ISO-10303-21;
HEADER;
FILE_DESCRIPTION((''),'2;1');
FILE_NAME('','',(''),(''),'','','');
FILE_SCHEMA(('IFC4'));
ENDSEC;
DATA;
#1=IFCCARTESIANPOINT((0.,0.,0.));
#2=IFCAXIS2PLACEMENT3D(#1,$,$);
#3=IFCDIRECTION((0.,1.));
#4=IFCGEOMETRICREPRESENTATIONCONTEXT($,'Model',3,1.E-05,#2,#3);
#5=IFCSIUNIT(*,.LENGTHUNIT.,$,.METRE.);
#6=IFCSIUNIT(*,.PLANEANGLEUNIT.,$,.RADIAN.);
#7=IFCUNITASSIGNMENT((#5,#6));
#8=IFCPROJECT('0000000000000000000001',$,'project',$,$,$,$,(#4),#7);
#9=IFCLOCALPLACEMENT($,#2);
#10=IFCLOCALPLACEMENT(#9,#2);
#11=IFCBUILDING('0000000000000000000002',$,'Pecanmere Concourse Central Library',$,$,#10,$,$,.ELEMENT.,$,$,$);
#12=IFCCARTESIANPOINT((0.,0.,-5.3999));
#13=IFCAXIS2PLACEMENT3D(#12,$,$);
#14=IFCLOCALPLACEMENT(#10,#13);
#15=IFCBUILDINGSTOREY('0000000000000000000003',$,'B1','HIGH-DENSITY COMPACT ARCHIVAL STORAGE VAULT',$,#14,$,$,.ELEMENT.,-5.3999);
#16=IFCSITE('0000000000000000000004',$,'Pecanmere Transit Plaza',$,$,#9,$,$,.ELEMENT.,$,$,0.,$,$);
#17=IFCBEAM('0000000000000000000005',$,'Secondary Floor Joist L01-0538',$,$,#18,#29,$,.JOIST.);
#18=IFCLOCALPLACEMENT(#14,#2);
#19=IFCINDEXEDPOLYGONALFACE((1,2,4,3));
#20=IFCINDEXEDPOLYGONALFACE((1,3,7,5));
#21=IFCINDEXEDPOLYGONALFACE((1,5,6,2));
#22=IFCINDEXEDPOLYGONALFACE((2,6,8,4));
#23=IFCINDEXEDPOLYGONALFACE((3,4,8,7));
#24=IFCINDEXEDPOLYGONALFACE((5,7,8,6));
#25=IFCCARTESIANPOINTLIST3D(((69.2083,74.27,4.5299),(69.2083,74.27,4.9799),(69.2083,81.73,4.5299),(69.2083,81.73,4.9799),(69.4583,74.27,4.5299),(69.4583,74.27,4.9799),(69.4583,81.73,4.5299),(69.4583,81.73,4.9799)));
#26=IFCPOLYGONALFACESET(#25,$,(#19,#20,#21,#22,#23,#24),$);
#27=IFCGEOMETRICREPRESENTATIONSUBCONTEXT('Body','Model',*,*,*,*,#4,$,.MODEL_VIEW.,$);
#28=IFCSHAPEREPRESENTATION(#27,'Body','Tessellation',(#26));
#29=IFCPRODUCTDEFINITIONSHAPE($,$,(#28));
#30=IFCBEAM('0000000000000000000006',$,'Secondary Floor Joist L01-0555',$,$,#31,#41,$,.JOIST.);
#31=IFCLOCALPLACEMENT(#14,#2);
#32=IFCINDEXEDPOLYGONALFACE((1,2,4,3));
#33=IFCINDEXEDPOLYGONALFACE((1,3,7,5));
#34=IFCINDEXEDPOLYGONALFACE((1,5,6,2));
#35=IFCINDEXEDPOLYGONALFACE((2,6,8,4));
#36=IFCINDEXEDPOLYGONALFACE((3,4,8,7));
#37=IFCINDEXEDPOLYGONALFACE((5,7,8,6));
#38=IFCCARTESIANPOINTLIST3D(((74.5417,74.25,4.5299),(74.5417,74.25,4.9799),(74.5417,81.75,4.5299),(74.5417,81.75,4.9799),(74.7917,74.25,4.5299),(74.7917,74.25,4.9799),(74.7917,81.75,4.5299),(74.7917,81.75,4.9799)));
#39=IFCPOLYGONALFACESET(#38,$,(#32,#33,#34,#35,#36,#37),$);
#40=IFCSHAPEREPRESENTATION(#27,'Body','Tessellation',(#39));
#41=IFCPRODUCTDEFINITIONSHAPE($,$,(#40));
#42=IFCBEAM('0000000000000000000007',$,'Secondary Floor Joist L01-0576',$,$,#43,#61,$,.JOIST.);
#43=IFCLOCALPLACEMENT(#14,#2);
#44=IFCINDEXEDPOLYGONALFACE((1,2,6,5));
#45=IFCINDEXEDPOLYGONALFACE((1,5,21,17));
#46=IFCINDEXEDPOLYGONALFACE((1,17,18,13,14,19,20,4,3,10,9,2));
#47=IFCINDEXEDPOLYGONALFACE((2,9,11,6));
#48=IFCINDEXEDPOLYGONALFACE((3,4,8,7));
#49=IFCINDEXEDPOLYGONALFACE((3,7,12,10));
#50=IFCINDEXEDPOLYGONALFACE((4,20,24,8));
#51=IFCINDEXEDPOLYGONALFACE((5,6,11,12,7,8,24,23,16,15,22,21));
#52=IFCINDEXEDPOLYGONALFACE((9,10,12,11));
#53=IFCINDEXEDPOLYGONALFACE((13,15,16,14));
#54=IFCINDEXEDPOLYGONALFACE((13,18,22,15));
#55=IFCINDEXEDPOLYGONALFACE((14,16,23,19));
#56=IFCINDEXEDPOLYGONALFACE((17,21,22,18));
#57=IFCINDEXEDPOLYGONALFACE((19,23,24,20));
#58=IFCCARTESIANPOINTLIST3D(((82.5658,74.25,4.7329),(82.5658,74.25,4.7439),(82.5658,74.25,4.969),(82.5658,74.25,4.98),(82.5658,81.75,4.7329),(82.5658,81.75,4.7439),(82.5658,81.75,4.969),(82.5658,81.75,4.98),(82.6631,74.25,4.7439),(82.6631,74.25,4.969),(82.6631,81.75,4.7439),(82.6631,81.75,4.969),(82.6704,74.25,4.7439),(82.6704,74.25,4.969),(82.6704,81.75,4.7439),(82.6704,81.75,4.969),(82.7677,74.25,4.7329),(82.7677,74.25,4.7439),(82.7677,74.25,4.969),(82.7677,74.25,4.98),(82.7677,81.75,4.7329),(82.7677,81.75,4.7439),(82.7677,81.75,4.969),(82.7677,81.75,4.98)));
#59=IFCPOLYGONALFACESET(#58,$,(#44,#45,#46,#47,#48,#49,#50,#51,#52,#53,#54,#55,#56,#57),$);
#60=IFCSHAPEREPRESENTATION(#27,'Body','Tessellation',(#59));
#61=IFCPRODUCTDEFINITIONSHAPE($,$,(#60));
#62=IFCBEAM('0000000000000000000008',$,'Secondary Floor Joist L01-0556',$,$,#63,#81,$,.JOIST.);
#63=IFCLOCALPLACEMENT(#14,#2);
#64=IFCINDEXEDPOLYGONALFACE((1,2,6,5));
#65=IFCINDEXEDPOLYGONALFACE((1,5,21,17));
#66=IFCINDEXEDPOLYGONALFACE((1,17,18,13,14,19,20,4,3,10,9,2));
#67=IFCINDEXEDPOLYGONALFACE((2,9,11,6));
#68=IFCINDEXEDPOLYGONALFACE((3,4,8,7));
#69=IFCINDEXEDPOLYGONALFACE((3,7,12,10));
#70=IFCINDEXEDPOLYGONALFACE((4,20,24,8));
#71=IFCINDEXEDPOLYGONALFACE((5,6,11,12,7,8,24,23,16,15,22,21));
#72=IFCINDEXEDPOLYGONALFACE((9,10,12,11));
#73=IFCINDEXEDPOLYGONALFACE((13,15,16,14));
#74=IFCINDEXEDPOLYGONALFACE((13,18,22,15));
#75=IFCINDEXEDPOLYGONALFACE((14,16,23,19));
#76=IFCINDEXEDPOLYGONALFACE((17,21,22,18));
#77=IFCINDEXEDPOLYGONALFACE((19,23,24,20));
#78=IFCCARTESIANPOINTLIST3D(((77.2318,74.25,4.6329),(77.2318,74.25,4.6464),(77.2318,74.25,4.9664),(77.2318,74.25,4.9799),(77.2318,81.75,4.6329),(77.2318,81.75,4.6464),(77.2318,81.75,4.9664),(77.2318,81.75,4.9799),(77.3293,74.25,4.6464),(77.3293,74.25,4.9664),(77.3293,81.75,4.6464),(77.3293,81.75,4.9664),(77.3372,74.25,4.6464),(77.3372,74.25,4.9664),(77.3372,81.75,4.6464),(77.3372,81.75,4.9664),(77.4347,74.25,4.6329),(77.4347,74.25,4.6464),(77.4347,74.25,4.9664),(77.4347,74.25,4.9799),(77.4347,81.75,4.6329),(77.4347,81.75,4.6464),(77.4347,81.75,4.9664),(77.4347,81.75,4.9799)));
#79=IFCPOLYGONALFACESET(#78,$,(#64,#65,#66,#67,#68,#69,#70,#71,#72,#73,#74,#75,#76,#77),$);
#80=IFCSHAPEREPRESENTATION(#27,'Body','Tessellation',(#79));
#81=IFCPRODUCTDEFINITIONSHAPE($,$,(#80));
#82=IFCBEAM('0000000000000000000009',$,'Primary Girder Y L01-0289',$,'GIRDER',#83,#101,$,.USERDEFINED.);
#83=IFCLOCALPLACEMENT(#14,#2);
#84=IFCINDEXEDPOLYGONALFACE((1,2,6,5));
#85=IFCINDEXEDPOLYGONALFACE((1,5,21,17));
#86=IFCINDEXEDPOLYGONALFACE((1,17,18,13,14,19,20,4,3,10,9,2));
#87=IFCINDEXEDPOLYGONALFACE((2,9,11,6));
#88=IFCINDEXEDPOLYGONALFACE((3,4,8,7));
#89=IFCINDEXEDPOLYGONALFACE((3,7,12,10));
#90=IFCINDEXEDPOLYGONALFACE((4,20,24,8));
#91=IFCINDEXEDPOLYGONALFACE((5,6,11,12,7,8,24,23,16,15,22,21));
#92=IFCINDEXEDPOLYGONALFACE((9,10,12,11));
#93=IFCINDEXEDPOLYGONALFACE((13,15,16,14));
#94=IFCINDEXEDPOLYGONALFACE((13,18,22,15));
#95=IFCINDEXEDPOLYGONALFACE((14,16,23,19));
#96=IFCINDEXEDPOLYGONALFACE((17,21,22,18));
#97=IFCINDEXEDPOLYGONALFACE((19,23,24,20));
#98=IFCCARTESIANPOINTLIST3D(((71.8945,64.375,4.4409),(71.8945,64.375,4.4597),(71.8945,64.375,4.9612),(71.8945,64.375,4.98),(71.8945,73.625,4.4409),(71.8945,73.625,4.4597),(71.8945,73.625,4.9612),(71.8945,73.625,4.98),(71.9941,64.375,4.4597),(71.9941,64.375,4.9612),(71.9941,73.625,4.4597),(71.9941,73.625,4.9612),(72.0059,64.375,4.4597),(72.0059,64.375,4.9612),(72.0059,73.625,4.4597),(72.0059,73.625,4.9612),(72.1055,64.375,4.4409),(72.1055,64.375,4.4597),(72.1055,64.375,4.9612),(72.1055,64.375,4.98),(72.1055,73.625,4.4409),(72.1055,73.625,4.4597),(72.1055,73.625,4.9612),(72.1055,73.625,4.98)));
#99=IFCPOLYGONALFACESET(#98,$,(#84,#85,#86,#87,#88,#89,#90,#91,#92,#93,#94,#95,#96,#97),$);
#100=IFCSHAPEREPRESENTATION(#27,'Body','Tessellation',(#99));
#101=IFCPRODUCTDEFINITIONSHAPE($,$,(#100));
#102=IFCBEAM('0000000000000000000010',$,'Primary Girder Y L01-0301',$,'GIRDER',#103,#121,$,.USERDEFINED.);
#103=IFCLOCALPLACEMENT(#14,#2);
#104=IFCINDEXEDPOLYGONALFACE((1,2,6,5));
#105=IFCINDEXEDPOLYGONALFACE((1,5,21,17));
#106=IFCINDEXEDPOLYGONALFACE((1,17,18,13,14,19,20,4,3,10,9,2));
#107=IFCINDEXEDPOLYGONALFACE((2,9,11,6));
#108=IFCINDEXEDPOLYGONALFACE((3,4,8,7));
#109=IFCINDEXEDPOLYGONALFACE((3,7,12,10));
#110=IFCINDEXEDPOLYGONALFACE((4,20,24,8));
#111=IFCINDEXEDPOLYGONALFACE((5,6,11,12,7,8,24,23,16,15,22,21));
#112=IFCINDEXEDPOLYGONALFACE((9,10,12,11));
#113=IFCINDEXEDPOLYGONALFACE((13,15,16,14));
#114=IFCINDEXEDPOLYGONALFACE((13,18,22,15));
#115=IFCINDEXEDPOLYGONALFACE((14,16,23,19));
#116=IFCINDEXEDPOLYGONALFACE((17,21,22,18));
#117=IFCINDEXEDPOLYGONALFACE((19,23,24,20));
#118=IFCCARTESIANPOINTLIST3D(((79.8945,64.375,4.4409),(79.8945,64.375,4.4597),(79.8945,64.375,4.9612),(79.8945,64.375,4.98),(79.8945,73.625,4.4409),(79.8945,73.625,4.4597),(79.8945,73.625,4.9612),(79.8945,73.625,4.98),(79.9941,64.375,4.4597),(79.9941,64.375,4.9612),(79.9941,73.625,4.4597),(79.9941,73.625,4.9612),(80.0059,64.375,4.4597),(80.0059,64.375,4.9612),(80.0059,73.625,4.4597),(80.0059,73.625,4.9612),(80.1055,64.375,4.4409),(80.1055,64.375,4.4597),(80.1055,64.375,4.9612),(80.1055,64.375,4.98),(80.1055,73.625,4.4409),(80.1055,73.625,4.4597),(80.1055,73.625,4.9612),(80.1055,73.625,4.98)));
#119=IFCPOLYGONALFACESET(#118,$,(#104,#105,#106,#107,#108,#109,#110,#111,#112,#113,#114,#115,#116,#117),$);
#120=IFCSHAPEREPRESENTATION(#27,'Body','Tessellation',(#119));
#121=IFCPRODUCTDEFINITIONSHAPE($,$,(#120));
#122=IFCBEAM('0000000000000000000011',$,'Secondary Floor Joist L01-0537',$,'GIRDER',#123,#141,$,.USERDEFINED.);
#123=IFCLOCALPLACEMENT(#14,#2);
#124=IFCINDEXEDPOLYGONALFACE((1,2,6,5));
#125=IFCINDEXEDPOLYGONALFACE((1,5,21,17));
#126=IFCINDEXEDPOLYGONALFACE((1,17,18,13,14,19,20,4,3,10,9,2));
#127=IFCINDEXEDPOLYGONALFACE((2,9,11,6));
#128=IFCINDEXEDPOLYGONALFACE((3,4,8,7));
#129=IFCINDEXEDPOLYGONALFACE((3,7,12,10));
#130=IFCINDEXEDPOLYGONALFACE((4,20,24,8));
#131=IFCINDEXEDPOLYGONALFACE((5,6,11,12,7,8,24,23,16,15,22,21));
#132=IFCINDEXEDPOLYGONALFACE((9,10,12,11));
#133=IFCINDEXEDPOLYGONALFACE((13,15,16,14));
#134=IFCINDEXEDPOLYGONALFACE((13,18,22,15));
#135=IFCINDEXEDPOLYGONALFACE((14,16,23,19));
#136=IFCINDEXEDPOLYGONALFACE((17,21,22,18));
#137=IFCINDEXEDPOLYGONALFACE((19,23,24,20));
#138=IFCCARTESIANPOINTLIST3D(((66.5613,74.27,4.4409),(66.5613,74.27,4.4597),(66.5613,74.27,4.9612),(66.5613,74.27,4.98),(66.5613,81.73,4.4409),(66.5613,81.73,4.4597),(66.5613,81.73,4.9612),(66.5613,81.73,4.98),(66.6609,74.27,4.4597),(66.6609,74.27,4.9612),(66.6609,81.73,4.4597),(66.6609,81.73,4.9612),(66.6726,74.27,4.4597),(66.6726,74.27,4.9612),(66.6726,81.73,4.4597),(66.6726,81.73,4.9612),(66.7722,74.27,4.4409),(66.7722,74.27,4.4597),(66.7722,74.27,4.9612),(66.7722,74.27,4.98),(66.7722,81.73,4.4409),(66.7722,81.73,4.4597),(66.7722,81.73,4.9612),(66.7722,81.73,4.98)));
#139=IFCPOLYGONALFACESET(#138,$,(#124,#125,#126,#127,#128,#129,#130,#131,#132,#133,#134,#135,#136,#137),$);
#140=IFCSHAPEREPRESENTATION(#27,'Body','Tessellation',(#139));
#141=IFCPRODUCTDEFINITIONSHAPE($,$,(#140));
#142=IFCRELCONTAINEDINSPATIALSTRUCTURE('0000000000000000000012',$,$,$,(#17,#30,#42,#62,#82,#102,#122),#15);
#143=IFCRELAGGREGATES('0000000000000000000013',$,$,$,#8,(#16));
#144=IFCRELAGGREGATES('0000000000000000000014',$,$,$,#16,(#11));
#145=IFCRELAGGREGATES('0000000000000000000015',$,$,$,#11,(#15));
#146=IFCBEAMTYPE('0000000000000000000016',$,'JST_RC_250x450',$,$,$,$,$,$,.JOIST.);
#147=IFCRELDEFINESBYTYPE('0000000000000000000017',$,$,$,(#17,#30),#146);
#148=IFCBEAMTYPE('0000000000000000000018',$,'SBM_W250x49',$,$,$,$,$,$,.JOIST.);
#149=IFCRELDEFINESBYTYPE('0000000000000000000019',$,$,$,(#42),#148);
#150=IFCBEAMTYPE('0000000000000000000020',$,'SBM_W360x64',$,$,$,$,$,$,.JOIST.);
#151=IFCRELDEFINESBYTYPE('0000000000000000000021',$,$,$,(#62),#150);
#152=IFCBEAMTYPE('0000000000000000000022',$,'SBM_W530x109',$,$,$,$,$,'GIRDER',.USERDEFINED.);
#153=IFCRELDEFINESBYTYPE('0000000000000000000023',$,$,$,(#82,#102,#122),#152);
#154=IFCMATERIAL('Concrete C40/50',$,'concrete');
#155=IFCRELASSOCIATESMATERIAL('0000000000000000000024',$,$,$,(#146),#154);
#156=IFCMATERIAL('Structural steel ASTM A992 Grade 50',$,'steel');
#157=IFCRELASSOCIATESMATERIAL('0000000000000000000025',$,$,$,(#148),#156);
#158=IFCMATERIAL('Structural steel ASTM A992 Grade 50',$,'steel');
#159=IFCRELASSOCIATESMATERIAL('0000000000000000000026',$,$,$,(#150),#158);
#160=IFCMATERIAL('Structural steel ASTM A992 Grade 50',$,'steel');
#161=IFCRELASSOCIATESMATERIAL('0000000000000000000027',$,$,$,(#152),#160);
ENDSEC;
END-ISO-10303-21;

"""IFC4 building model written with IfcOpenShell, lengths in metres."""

from ifc_helpers import new_model, si_unit, direction, frame, origin, origin_2d, place, context, subcontext, project, spatial, rectangle, i_section, extrude, material, material_profile, profile_set, type_object, element, save


model = new_model("IFC4")

# Units and contexts
model_context = context("Model", 3, precision=1e-05, world=origin(), true_north=direction((0.0, 1.0)))
body_context = subcontext(model_context, "Body", "Model", "MODEL_VIEW")
ifc_project = project(units=[si_unit("LENGTHUNIT", "METRE"), si_unit("PLANEANGLEUNIT", "RADIAN")], contexts=[model_context])

# Site, building, storey
site_placement = place(None, origin())
site = spatial("IfcSite", under=ifc_project, at=site_placement, Name="Pecanmere Transit Plaza", CompositionType="ELEMENT", RefElevation=0.0)
building_placement = place(site_placement, origin())
building = spatial("IfcBuilding", under=site, at=building_placement, Name="Pecanmere Concourse Central Library", CompositionType="ELEMENT")
storey_placement = place(building_placement, frame((0.0, 0.0, -5.3999)))
storey = spatial("IfcBuildingStorey", under=building, at=storey_placement, Name="B1", Description="HIGH-DENSITY COMPACT ARCHIVAL STORAGE VAULT", CompositionType="ELEMENT", Elevation=-5.3999)

# Beams
ifc_material_1 = material(Name="Concrete C40/50", Category="concrete")
ifc_material_profile_1 = material_profile(ifc_material_1, rectangle(XDim=0.25, YDim=0.45, at=origin_2d()), Name="RC 250x450")
ifc_profile_set_1 = profile_set([ifc_material_profile_1], Name="Concrete C40/50")
beam_type_1 = type_object("IfcBeamType", Name="JST_RC_250x450", PredefinedType="JOIST", material=ifc_profile_set_1)
beam_1_placement = place(storey_placement, frame((69.3333, 74.27, 4.7549), z_axis=(0.0, 1.0, 0.0), x_axis=(-1.0, 0.0, 0.0)))
element("IfcBeam", 1, at=beam_1_placement, inside=storey, type_object=beam_type_1, Name="Secondary Floor Joist L01-0538", PredefinedType="JOIST", context=body_context, shape_type="SweptSolid", body=[
    extrude(rectangle(XDim=0.25, YDim=0.45, at=origin_2d()), origin(), (0.0, 0.0, 1.0), 7.46),
])
beam_2_placement = place(storey_placement, frame((74.6667, 74.25, 4.7549), z_axis=(0.0, 1.0, 0.0), x_axis=(-1.0, 0.0, 0.0)))
element("IfcBeam", 2, at=beam_2_placement, inside=storey, type_object=beam_type_1, Name="Secondary Floor Joist L01-0555", PredefinedType="JOIST", context=body_context, shape_type="SweptSolid", body=[
    extrude(rectangle(XDim=0.25, YDim=0.45, at=origin_2d()), origin(), (0.0, 0.0, 1.0), 7.5),
])
ifc_material_2 = material(Name="Structural steel ASTM A992 Grade 50", Category="steel")
ifc_material_profile_2 = material_profile(ifc_material_2, i_section(OverallWidth=0.2019, OverallDepth=0.2471, WebThickness=0.0073, FlangeThickness=0.011, at=origin_2d()), Name="W250x49.1")
ifc_profile_set_2 = profile_set([ifc_material_profile_2], Name="Structural steel ASTM A992 Grade 50")
beam_type_2 = type_object("IfcBeamType", Name="SBM_W250x49", PredefinedType="JOIST", material=ifc_profile_set_2)
beam_3_placement = place(storey_placement, frame((82.6667, 74.25, 4.8564), z_axis=(0.0, 1.0, 0.0), x_axis=(-1.0, 0.0, 0.0)))
element("IfcBeam", 3, at=beam_3_placement, inside=storey, type_object=beam_type_2, Name="Secondary Floor Joist L01-0576", PredefinedType="JOIST", context=body_context, shape_type="SweptSolid", body=[
    extrude(i_section(OverallWidth=0.2019, OverallDepth=0.2471, WebThickness=0.0073, FlangeThickness=0.011, at=origin_2d()), origin(), (0.0, 0.0, 1.0), 7.5),
])
ifc_material_3 = material(Name="Structural steel ASTM A992 Grade 50", Category="steel")
ifc_material_profile_3 = material_profile(ifc_material_3, i_section(OverallWidth=0.2029, OverallDepth=0.3469, WebThickness=0.0078, FlangeThickness=0.0134, at=origin_2d()), Name="W360x64")
ifc_profile_set_3 = profile_set([ifc_material_profile_3], Name="Structural steel ASTM A992 Grade 50")
beam_type_3 = type_object("IfcBeamType", Name="SBM_W360x64", PredefinedType="JOIST", material=ifc_profile_set_3)
beam_4_placement = place(storey_placement, frame((77.3333, 74.25, 4.8064), z_axis=(0.0, 1.0, 0.0), x_axis=(-1.0, 0.0, 0.0)))
element("IfcBeam", 4, at=beam_4_placement, inside=storey, type_object=beam_type_3, Name="Secondary Floor Joist L01-0556", PredefinedType="JOIST", context=body_context, shape_type="SweptSolid", body=[
    extrude(i_section(OverallWidth=0.2029, OverallDepth=0.3469, WebThickness=0.0078, FlangeThickness=0.0134, at=origin_2d()), origin(), (0.0, 0.0, 1.0), 7.5),
])
ifc_material_4 = material(Name="Structural steel ASTM A992 Grade 50", Category="steel")
ifc_material_profile_4 = material_profile(ifc_material_4, i_section(OverallWidth=0.2109, OverallDepth=0.5391, WebThickness=0.0117, FlangeThickness=0.0188, at=origin_2d()), Name="W530x109")
ifc_profile_set_4 = profile_set([ifc_material_profile_4], Name="Structural steel ASTM A992 Grade 50")
beam_type_4 = type_object("IfcBeamType", Name="SBM_W530x109", ElementType="GIRDER", PredefinedType="USERDEFINED", material=ifc_profile_set_4)
for number, where, z_axis, x_axis, name in (
    (5, (72.0, 64.375, 4.7104), (0.0, 1.0, 0.0), (-1.0, 0.0, 0.0), "Primary Girder Y L01-0289"),
    (6, (80.0, 64.375, 4.7104), (0.0, 1.0, 0.0), (-1.0, 0.0, 0.0), "Primary Girder Y L01-0301"),
):
    element("IfcBeam", number, at=place(storey_placement, frame(where, z_axis=z_axis, x_axis=x_axis)), inside=storey, type_object=beam_type_4, Name=name, ObjectType="GIRDER", PredefinedType="USERDEFINED", context=body_context, shape_type="SweptSolid", body=[
        extrude(i_section(OverallWidth=0.2109, OverallDepth=0.5391, WebThickness=0.0117, FlangeThickness=0.0188, at=origin_2d()), origin(), (0.0, 0.0, 1.0), 9.25),
    ])
beam_5_placement = place(storey_placement, frame((66.6667, 74.27, 4.7104), z_axis=(0.0, 1.0, 0.0), x_axis=(-1.0, 0.0, 0.0)))
element("IfcBeam", 7, at=beam_5_placement, inside=storey, type_object=beam_type_4, Name="Secondary Floor Joist L01-0537", ObjectType="GIRDER", PredefinedType="USERDEFINED", context=body_context, shape_type="SweptSolid", body=[
    extrude(i_section(OverallWidth=0.2109, OverallDepth=0.5391, WebThickness=0.0117, FlangeThickness=0.0188, at=origin_2d()), origin(), (0.0, 0.0, 1.0), 7.46),
])

save(model, "model.ifc")
